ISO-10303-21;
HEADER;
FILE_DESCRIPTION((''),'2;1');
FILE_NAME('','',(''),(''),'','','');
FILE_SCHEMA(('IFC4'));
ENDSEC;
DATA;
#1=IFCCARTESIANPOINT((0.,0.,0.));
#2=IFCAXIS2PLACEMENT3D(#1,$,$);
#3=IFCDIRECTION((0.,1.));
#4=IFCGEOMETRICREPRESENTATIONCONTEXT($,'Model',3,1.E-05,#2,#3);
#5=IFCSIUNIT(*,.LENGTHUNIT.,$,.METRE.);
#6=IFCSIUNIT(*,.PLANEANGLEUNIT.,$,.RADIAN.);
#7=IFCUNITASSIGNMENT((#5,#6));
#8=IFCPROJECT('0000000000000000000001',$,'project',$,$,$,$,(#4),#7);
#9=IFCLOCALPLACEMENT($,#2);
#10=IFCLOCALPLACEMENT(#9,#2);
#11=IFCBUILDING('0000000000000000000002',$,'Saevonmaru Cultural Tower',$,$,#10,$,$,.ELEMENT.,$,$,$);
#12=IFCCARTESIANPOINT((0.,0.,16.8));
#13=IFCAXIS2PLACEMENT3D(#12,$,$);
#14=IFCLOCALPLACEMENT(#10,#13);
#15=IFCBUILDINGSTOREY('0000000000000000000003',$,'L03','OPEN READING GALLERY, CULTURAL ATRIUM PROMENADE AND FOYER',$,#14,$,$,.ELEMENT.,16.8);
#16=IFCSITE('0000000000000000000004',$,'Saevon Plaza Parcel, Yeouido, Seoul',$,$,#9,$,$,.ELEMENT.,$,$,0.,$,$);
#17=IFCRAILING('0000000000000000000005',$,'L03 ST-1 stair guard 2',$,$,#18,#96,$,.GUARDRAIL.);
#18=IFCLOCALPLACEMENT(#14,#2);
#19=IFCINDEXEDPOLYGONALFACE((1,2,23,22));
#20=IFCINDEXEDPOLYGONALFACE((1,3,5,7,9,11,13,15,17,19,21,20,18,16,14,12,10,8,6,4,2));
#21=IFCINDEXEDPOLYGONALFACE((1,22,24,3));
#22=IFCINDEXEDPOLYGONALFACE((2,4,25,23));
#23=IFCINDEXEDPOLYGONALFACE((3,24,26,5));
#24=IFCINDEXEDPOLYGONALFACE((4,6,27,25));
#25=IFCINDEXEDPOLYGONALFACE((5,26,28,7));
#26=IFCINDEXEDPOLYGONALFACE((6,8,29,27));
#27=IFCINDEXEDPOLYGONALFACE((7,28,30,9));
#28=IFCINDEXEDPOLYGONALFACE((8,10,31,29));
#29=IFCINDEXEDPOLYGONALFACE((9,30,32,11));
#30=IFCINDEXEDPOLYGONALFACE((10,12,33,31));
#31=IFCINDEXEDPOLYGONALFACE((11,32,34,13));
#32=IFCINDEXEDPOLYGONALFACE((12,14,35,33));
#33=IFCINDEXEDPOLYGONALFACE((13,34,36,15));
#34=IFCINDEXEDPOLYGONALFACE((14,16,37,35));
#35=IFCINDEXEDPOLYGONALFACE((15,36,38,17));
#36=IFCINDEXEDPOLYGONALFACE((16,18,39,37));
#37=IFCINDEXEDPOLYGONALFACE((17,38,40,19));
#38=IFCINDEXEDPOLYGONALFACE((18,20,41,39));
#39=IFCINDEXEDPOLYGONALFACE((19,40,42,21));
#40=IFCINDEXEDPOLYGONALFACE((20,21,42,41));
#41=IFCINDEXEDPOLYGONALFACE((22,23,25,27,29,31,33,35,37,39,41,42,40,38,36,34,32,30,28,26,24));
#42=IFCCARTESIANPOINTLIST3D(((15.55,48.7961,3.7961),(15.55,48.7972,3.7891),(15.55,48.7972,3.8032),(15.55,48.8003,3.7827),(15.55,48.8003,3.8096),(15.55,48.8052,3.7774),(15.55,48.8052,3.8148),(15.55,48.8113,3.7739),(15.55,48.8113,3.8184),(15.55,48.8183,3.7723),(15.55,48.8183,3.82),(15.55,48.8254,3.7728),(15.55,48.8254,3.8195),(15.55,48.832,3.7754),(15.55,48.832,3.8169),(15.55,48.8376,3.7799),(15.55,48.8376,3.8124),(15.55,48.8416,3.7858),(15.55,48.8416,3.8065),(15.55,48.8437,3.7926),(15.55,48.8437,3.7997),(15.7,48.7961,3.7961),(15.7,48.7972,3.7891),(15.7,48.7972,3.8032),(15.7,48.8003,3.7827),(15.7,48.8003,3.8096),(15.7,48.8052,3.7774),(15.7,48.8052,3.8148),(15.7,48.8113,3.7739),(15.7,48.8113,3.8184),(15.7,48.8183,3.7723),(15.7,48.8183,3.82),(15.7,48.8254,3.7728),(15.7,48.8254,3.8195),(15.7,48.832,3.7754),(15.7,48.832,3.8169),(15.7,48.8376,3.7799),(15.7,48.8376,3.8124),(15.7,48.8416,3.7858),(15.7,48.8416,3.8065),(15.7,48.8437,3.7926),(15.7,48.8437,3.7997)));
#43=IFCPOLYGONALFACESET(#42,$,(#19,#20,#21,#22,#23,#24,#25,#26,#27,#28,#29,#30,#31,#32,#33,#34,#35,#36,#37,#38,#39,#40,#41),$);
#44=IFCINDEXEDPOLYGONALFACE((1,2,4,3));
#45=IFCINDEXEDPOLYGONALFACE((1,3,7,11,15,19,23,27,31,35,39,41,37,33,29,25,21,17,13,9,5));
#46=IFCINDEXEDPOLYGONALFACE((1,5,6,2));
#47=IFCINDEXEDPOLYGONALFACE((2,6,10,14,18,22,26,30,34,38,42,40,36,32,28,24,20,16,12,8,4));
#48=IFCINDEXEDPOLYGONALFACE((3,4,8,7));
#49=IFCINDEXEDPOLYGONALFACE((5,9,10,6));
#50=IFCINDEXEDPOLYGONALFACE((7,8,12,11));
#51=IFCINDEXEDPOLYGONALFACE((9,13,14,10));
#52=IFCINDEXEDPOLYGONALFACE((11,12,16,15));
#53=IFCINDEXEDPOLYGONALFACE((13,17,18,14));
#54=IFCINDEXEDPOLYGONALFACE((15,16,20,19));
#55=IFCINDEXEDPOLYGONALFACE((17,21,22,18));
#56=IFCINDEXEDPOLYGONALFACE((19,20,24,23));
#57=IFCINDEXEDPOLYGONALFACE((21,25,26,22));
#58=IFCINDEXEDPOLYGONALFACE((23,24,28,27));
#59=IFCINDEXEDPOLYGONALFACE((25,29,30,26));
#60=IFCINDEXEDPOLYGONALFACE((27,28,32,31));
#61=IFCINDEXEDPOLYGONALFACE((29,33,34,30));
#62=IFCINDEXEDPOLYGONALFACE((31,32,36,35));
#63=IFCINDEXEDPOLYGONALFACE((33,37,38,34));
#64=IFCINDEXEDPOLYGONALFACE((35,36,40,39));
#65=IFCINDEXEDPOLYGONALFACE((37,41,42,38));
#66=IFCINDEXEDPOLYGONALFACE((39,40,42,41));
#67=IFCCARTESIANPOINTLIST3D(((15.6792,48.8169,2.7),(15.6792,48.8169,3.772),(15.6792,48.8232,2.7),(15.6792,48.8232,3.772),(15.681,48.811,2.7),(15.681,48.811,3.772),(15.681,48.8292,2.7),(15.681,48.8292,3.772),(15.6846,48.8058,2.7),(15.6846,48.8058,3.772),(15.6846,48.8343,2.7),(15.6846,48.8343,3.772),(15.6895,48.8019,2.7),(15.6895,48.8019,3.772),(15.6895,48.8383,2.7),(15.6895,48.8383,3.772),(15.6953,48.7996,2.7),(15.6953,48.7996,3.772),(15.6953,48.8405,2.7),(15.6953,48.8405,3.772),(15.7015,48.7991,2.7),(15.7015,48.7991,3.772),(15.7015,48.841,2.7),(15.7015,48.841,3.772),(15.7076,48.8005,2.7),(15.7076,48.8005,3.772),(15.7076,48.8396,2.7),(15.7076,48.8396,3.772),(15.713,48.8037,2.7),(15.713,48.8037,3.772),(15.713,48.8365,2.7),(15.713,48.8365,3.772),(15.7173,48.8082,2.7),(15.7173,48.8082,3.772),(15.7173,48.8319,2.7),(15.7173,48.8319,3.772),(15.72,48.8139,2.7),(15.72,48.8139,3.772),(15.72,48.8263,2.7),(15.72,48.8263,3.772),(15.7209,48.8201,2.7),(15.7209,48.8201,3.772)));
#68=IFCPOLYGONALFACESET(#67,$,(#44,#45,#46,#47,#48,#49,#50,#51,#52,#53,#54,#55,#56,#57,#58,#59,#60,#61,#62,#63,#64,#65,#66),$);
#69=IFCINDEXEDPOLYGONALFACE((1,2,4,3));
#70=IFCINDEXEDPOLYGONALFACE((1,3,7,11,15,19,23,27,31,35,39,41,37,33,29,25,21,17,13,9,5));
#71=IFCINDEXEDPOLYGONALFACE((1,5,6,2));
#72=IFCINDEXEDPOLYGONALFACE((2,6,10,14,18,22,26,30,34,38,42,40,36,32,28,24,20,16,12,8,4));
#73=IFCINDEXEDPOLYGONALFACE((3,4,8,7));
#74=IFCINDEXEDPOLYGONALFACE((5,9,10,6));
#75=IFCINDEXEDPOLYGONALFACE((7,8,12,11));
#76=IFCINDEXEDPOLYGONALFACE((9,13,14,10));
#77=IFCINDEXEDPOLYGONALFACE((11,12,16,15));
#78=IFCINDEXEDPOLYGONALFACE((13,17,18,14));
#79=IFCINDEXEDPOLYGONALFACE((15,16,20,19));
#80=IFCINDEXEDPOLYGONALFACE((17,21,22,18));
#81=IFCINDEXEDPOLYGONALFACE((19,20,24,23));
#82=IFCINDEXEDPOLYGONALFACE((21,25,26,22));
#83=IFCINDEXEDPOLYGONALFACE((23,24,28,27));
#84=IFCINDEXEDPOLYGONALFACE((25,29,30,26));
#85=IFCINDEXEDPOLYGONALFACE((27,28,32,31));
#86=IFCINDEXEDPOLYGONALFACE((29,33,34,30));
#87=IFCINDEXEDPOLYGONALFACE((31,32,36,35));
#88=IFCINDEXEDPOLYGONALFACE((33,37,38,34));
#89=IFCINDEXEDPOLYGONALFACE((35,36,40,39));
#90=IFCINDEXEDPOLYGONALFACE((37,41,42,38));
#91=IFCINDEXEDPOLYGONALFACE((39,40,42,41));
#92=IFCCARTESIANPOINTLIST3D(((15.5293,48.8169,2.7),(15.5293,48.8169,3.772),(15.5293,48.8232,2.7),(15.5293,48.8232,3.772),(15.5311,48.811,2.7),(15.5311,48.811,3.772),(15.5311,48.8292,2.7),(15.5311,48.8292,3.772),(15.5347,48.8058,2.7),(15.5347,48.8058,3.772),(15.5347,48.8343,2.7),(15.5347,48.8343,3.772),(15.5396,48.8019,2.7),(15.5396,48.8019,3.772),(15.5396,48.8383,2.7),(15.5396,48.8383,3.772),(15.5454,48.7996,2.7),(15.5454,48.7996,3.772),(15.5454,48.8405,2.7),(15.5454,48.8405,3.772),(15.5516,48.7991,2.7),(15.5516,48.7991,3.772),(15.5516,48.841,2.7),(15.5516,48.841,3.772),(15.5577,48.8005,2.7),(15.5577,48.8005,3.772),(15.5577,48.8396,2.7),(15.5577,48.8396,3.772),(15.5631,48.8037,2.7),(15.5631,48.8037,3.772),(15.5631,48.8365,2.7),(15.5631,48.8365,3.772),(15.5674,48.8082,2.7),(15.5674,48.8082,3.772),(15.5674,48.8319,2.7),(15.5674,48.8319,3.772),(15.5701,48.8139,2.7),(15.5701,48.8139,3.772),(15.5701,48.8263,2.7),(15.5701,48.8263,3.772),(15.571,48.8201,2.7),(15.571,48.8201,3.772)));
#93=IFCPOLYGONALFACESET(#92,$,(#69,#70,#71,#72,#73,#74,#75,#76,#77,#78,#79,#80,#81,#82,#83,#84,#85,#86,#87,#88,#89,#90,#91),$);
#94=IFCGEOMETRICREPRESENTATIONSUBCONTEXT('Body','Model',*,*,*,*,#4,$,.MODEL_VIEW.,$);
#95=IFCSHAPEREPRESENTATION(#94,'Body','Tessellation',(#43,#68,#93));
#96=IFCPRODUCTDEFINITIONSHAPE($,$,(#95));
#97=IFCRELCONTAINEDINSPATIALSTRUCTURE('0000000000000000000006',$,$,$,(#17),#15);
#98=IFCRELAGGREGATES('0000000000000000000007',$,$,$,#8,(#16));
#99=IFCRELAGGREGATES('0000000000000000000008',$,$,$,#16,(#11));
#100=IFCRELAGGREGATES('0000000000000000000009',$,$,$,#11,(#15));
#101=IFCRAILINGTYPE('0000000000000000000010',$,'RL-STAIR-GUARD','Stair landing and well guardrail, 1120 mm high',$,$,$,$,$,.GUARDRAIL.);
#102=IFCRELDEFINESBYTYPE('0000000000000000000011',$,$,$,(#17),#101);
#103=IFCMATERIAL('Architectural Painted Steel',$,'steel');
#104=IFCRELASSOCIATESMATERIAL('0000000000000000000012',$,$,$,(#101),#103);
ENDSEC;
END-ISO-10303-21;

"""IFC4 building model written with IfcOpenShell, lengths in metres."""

from ifc_helpers import new_model, si_unit, direction, frame, origin, origin_2d, place, context, subcontext, project, spatial, circle, extrude, material, type_object, element, save


model = new_model("IFC4")

# Units and contexts
model_context = context("Model", 3, precision=1e-05, world=origin(), true_north=direction((0.0, 1.0)))
body_context = subcontext(model_context, "Body", "Model", "MODEL_VIEW")
ifc_project = project(units=[si_unit("LENGTHUNIT", "METRE"), si_unit("PLANEANGLEUNIT", "RADIAN")], contexts=[model_context])

# Site, building, storey
site_placement = place(None, origin())
site = spatial("IfcSite", under=ifc_project, at=site_placement, Name="Saevon Plaza Parcel, Yeouido, Seoul", CompositionType="ELEMENT", RefElevation=0.0)
building_placement = place(site_placement, origin())
building = spatial("IfcBuilding", under=site, at=building_placement, Name="Saevonmaru Cultural Tower", CompositionType="ELEMENT")
storey_placement = place(building_placement, frame((0.0, 0.0, 16.8)))
storey = spatial("IfcBuildingStorey", under=building, at=storey_placement, Name="L03", Description="OPEN READING GALLERY, CULTURAL ATRIUM PROMENADE AND FOYER", CompositionType="ELEMENT", Elevation=16.8)

# Railing
ifc_material_1 = material(Name="Architectural Painted Steel", Category="steel")
railing_type_1 = type_object("IfcRailingType", Name="RL-STAIR-GUARD", Description="Stair landing and well guardrail, 1120 mm high", PredefinedType="GUARDRAIL", material=ifc_material_1)
railing_1_placement = place(storey_placement, frame((15.7, 48.8201, 2.7)))
element("IfcRailing", 1, at=railing_1_placement, inside=storey, type_object=railing_type_1, Name="L03 ST-1 stair guard 2", PredefinedType="GUARDRAIL", context=body_context, shape_type="SweptSolid", body=[
    extrude(circle(Radius=0.0239, at=origin_2d()), frame((0.0, 0.0, 1.0962), z_axis=(-1.0, 0.0, 0.0), x_axis=(0.0, -1.0, 0.0)), (0.0, 0.0, 1.0), 0.1499),
    extrude(circle(Radius=0.021, at=origin_2d()), origin(), (0.0, 0.0, 1.0), 1.072),
    extrude(circle(Radius=0.021, at=origin_2d()), frame((-0.1499, 0.0, 0.0)), (0.0, 0.0, 1.0), 1.072),
])

save(model, "model.ifc")
